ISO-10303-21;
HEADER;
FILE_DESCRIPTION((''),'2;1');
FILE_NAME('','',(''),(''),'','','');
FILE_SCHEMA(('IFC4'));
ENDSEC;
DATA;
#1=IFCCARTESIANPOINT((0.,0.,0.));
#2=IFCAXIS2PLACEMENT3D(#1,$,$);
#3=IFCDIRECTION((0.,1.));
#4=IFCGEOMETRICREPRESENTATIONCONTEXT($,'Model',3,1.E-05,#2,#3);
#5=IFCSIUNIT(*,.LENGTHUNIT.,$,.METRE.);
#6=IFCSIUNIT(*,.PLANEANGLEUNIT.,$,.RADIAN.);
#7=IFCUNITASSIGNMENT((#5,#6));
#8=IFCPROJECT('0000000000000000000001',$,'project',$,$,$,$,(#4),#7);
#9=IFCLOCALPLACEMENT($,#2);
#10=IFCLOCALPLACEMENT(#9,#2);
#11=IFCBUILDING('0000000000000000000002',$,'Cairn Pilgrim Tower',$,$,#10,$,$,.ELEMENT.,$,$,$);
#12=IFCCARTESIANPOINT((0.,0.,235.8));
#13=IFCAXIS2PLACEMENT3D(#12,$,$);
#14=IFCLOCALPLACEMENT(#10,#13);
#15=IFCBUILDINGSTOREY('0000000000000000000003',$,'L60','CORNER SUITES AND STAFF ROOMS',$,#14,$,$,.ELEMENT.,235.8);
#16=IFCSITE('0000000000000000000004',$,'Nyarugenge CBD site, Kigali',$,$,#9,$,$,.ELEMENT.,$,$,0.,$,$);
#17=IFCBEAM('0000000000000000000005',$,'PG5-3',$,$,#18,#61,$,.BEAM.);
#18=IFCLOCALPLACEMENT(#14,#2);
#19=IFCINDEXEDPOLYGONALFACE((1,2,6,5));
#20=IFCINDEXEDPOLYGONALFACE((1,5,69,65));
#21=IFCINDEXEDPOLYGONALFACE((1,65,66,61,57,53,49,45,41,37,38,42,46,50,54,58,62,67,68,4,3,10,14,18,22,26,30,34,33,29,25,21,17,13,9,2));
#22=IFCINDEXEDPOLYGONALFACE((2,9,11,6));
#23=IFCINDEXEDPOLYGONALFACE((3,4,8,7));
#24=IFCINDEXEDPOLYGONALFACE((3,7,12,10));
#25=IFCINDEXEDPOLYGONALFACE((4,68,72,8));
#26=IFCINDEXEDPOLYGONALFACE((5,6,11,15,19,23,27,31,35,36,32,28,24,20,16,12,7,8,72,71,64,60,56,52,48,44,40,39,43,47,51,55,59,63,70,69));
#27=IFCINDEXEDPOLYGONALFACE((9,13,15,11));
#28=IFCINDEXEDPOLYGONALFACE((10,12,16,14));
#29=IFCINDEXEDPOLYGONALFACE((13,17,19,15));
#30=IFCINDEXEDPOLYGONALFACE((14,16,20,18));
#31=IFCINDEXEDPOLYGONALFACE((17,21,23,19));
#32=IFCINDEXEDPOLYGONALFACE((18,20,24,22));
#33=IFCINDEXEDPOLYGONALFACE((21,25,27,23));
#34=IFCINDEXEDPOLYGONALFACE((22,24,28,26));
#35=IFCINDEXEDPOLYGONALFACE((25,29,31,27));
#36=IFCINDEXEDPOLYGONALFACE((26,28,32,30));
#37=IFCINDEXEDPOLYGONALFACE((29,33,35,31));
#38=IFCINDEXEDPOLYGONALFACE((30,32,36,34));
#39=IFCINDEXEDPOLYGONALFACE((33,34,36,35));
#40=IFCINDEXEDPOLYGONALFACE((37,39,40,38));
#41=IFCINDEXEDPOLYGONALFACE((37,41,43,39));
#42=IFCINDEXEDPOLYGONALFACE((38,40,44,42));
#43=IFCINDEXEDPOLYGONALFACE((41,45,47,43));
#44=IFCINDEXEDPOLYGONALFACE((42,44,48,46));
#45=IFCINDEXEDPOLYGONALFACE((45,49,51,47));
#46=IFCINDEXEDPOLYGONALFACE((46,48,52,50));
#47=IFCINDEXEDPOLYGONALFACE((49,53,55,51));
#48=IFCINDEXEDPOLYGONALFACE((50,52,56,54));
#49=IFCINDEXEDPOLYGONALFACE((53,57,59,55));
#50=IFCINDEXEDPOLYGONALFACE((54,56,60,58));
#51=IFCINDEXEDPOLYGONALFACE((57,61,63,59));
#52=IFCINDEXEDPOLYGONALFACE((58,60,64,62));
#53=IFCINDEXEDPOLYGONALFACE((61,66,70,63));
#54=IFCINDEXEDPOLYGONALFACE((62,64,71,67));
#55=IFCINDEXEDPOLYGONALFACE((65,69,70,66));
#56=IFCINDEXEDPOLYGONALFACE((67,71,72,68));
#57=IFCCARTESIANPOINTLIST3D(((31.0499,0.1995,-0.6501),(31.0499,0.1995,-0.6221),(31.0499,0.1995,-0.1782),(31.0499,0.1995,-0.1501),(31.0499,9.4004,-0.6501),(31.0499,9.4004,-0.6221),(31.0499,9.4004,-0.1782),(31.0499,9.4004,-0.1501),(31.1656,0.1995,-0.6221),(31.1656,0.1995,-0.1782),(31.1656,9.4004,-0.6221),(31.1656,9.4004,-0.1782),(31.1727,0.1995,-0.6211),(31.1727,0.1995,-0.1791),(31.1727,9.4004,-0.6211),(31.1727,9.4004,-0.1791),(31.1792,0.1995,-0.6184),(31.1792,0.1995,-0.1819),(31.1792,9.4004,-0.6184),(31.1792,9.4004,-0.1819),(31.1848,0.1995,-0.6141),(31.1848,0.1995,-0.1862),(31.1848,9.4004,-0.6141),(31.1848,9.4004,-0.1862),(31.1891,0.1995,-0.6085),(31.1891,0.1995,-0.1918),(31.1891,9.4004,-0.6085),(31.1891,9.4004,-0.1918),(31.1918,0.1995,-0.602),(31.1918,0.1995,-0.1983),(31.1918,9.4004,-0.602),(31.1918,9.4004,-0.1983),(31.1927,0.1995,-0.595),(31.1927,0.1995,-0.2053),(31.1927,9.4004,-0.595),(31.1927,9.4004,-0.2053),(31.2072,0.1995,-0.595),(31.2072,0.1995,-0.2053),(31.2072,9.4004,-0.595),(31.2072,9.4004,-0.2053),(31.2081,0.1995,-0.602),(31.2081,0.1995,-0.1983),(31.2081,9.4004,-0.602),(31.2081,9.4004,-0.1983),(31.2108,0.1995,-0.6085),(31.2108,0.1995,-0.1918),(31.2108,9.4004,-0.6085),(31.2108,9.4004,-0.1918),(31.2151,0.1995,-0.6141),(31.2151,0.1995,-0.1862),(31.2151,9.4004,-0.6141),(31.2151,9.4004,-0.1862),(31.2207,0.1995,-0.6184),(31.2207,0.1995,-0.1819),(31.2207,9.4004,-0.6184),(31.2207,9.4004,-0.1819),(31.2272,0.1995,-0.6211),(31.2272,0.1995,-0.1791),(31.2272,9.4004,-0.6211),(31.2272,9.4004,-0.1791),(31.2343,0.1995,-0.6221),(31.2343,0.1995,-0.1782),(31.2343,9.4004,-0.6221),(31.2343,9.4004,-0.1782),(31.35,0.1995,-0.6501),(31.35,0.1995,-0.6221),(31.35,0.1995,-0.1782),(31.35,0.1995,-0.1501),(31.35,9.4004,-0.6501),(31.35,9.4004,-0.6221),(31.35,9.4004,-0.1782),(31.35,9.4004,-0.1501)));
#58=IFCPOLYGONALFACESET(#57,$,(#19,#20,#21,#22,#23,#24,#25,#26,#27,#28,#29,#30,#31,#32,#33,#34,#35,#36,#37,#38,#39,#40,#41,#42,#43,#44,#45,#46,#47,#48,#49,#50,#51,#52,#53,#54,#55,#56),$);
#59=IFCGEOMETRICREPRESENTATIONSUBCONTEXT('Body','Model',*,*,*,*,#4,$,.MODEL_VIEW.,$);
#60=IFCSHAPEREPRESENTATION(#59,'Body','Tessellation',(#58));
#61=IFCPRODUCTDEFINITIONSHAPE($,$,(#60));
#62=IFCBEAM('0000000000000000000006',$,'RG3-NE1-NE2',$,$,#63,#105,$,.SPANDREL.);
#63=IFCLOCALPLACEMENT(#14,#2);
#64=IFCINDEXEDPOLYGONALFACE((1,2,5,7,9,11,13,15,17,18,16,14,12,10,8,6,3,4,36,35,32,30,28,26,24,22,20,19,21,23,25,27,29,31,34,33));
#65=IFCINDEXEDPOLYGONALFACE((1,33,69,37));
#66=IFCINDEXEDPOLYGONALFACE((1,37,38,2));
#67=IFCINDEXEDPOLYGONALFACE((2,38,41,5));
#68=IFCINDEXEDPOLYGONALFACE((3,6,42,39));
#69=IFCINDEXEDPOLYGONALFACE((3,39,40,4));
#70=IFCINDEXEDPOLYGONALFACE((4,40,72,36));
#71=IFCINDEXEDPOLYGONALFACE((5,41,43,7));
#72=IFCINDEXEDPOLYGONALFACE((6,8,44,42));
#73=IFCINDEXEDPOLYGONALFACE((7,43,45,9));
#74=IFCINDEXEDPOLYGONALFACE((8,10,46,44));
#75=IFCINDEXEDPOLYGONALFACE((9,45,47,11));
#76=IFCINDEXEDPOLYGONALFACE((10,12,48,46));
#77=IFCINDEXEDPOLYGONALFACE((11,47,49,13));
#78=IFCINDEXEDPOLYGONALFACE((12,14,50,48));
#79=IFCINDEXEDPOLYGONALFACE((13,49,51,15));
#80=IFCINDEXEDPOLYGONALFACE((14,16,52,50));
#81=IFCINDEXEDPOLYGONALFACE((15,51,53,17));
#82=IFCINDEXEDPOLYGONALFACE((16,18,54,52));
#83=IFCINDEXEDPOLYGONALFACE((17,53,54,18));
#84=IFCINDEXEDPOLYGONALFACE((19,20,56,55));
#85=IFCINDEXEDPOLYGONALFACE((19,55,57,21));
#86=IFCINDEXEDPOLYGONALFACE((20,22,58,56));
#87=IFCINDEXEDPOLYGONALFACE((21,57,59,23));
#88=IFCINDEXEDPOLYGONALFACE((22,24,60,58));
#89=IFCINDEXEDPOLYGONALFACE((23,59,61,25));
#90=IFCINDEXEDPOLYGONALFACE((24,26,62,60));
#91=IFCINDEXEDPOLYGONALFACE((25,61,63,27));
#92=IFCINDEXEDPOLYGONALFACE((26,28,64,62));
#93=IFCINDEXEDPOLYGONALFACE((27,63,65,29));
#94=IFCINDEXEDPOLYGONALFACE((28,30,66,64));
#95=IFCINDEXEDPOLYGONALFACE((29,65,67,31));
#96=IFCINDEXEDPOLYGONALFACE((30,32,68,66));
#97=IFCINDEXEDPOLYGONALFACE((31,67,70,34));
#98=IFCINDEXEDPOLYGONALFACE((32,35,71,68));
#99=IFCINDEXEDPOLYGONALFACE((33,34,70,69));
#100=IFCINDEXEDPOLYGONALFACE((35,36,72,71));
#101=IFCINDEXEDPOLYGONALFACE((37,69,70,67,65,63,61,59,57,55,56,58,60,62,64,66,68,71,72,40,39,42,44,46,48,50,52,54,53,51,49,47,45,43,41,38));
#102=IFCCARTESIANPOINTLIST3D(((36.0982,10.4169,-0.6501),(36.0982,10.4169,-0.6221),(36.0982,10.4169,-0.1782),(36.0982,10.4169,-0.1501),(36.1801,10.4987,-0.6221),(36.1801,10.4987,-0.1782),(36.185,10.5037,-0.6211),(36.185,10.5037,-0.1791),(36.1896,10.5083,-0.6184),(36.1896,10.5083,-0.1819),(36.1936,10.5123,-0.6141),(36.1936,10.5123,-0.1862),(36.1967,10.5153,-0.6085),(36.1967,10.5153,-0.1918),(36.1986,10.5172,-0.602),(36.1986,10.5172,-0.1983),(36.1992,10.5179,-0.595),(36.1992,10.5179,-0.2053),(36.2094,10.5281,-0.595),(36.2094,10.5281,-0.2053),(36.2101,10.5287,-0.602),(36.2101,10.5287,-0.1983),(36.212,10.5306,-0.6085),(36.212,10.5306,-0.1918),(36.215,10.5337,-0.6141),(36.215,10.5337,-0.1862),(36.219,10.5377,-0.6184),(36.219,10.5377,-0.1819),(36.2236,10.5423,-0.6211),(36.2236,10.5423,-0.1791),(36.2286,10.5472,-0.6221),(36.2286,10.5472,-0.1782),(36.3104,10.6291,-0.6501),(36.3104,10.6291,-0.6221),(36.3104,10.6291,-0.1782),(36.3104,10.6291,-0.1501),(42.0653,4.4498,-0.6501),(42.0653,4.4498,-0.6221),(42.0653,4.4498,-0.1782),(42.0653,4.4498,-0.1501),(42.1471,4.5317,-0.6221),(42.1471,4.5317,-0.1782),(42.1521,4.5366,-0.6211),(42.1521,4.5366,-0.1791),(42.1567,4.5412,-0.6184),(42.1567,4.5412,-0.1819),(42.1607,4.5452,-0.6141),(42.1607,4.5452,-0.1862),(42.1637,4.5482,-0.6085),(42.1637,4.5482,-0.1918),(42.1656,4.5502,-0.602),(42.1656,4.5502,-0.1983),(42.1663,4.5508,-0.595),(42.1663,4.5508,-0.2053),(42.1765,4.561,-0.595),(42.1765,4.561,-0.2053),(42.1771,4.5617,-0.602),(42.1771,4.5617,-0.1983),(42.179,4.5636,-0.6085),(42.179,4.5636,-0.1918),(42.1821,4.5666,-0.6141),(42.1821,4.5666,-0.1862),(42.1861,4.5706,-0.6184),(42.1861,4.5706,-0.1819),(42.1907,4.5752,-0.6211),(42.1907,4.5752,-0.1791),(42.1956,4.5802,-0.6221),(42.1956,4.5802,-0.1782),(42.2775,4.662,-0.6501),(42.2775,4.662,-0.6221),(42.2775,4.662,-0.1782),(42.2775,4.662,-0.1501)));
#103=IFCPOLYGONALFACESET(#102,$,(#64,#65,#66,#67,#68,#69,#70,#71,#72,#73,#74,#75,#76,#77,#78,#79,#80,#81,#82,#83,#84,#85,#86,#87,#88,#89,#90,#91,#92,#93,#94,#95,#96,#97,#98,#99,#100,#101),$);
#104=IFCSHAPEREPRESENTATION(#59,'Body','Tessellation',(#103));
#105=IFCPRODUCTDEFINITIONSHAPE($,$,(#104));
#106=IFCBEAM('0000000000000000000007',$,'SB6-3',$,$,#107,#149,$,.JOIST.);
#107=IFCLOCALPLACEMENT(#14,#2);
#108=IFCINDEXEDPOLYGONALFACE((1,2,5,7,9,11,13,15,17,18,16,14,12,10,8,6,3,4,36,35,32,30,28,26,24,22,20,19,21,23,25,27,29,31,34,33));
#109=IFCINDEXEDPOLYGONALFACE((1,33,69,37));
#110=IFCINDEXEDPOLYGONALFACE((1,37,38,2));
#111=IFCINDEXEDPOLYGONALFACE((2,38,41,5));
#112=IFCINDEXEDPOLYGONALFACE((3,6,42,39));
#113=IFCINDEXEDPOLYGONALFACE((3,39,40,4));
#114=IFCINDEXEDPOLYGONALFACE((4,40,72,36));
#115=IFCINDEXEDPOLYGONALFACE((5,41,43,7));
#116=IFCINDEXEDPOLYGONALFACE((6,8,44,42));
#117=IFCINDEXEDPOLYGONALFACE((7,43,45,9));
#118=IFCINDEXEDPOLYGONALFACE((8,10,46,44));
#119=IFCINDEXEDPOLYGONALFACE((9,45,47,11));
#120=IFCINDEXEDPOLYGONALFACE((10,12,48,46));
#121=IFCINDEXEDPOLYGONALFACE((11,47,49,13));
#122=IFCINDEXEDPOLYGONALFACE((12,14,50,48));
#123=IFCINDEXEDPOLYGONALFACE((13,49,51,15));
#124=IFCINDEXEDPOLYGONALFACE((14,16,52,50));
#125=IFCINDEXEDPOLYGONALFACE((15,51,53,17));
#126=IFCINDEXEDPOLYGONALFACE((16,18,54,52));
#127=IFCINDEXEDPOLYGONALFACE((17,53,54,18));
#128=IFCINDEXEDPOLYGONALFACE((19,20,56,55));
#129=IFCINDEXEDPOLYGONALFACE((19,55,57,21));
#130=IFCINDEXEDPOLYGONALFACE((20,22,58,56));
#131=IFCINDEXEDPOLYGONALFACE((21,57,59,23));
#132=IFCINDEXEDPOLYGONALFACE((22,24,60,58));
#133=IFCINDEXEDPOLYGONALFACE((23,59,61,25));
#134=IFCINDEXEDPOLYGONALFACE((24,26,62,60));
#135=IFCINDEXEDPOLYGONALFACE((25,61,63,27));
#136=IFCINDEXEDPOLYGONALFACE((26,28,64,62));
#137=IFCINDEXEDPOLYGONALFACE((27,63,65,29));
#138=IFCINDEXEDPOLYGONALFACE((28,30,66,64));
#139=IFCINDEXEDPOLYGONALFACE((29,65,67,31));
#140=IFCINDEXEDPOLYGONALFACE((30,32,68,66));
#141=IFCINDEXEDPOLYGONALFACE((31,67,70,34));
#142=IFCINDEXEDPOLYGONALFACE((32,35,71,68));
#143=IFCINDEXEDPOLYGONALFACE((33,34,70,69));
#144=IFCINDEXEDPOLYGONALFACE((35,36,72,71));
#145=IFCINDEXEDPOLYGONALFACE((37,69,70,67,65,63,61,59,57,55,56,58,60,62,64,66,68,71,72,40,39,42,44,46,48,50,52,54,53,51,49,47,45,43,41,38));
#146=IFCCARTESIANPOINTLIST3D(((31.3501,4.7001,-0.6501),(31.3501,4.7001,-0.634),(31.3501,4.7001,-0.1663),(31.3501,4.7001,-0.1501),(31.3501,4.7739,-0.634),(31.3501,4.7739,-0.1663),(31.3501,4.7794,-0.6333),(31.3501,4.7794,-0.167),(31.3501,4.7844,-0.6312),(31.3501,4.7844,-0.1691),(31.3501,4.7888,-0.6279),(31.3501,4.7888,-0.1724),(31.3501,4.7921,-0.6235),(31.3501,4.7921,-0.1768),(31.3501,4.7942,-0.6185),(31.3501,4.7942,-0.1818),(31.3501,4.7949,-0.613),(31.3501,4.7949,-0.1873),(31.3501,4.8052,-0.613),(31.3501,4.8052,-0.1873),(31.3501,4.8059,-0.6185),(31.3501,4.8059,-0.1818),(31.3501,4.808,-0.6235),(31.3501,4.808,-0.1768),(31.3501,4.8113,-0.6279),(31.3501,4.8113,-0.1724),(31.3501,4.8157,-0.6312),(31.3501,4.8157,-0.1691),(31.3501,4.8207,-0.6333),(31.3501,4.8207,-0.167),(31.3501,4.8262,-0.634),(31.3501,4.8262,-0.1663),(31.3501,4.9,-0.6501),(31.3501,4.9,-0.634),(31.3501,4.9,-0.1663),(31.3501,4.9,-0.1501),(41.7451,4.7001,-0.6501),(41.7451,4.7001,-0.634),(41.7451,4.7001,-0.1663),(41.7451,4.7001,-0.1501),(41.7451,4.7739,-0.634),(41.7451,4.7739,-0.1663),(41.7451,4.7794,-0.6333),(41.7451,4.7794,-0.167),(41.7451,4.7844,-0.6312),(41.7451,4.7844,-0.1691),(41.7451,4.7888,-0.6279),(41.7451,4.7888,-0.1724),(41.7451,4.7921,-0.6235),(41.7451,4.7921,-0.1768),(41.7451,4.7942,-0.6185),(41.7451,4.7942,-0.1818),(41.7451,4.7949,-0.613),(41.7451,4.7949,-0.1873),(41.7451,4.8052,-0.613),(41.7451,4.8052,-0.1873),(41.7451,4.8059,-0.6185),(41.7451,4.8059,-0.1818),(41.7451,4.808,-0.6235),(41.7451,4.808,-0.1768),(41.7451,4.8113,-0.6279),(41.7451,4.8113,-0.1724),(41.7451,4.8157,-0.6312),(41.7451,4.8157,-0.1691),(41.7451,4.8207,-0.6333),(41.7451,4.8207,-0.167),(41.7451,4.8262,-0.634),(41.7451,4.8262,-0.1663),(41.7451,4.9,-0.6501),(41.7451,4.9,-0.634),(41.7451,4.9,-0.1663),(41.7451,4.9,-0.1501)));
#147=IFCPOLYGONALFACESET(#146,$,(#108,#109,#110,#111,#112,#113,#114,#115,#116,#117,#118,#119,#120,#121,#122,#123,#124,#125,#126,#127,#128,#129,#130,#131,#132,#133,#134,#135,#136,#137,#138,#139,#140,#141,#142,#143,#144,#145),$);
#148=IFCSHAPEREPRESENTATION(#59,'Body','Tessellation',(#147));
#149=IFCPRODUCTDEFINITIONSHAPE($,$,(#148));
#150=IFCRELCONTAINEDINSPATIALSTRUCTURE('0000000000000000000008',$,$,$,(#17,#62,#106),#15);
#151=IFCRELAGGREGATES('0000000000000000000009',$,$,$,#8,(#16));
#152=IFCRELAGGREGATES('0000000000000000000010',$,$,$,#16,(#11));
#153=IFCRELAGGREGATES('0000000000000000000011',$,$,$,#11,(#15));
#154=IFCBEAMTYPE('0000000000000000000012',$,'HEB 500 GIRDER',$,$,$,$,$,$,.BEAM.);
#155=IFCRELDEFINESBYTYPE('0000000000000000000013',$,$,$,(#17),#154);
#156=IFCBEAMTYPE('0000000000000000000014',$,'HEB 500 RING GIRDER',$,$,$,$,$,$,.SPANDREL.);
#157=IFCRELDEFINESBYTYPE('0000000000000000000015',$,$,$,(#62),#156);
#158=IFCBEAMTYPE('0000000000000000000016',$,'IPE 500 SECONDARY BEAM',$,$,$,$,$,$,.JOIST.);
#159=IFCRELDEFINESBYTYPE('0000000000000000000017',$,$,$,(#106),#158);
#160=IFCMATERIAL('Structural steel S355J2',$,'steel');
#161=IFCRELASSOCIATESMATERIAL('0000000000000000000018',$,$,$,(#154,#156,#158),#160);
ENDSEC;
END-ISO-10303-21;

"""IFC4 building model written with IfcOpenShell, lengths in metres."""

from ifc_helpers import new_model, si_unit, direction, frame, origin, origin_2d, place, context, subcontext, project, spatial, i_section, extrude, material, material_profile, profile_set, type_object, element, save


model = new_model("IFC4")

# Units and contexts
model_context = context("Model", 3, precision=1e-05, world=origin(), true_north=direction((0.0, 1.0)))
body_context = subcontext(model_context, "Body", "Model", "MODEL_VIEW")
ifc_project = project(units=[si_unit("LENGTHUNIT", "METRE"), si_unit("PLANEANGLEUNIT", "RADIAN")], contexts=[model_context])

# Site, building, storey
site_placement = place(None, origin())
site = spatial("IfcSite", under=ifc_project, at=site_placement, Name="Nyarugenge CBD site, Kigali", CompositionType="ELEMENT", RefElevation=0.0)
building_placement = place(site_placement, origin())
building = spatial("IfcBuilding", under=site, at=building_placement, Name="Cairn Pilgrim Tower", CompositionType="ELEMENT")
storey_placement = place(building_placement, frame((0.0, 0.0, 235.8)))
storey = spatial("IfcBuildingStorey", under=building, at=storey_placement, Name="L60", Description="CORNER SUITES AND STAFF ROOMS", CompositionType="ELEMENT", Elevation=235.8)

# Shared definitions
ifc_material_1 = material(Name="Structural steel S355J2", Category="steel")

# Beams
ifc_material_profile_1 = material_profile(ifc_material_1, i_section(OverallWidth=0.3, OverallDepth=0.5, WebThickness=0.0144, FlangeThickness=0.0281, FilletRadius=0.0271, at=origin_2d()), Name="HEB 500")
ifc_profile_set_1 = profile_set([ifc_material_profile_1], Name="Structural steel S355J2")
beam_type_1 = type_object("IfcBeamType", Name="HEB 500 GIRDER", PredefinedType="BEAM", material=ifc_profile_set_1)
beam_1_placement = place(storey_placement, frame((31.2, 0.1995, -0.4001), z_axis=(0.0, 1.0, 0.0), x_axis=(-1.0, 0.0, 0.0)))
element("IfcBeam", 1, at=beam_1_placement, inside=storey, type_object=beam_type_1, Name="PG5-3", PredefinedType="BEAM", context=body_context, shape_type="SweptSolid", body=[
    extrude(i_section(OverallWidth=0.3, OverallDepth=0.5, WebThickness=0.0144, FlangeThickness=0.0281, FilletRadius=0.0271, at=origin_2d()), origin(), (0.0, 0.0, 1.0), 9.2009),
])
ifc_material_profile_2 = material_profile(ifc_material_1, i_section(OverallWidth=0.3, OverallDepth=0.5, WebThickness=0.0144, FlangeThickness=0.0281, FilletRadius=0.0271, at=origin_2d()), Name="HEB 500")
ifc_profile_set_2 = profile_set([ifc_material_profile_2], Name="Structural steel S355J2")
beam_type_2 = type_object("IfcBeamType", Name="HEB 500 RING GIRDER", PredefinedType="SPANDREL", material=ifc_profile_set_2)
beam_2_placement = place(storey_placement, frame((42.1714, 4.5559, -0.4001), z_axis=(-0.707107, 0.707107, 0.0), x_axis=(-0.707107, -0.707107, 0.0)))
element("IfcBeam", 2, at=beam_2_placement, inside=storey, type_object=beam_type_2, Name="RG3-NE1-NE2", PredefinedType="SPANDREL", context=body_context, shape_type="SweptSolid", body=[
    extrude(i_section(OverallWidth=0.3, OverallDepth=0.5, WebThickness=0.0144, FlangeThickness=0.0281, FilletRadius=0.0271, at=origin_2d()), origin(), (0.0, 0.0, 1.0), 8.4387),
])
ifc_material_profile_3 = material_profile(ifc_material_1, i_section(OverallWidth=0.2, OverallDepth=0.5, WebThickness=0.0103, FlangeThickness=0.0161, FilletRadius=0.021, at=origin_2d()), Name="IPE 500")
ifc_profile_set_3 = profile_set([ifc_material_profile_3], Name="Structural steel S355J2")
beam_type_3 = type_object("IfcBeamType", Name="IPE 500 SECONDARY BEAM", PredefinedType="JOIST", material=ifc_profile_set_3)
beam_3_placement = place(storey_placement, frame((31.3501, 4.8, -0.4001), z_axis=(1.0, 0.0, 0.0), x_axis=(0.0, 1.0, 0.0)))
element("IfcBeam", 3, at=beam_3_placement, inside=storey, type_object=beam_type_3, Name="SB6-3", PredefinedType="JOIST", context=body_context, shape_type="SweptSolid", body=[
    extrude(i_section(OverallWidth=0.2, OverallDepth=0.5, WebThickness=0.0103, FlangeThickness=0.0161, FilletRadius=0.021, at=origin_2d()), origin(), (0.0, 0.0, 1.0), 10.395),
])

save(model, "model.ifc")
